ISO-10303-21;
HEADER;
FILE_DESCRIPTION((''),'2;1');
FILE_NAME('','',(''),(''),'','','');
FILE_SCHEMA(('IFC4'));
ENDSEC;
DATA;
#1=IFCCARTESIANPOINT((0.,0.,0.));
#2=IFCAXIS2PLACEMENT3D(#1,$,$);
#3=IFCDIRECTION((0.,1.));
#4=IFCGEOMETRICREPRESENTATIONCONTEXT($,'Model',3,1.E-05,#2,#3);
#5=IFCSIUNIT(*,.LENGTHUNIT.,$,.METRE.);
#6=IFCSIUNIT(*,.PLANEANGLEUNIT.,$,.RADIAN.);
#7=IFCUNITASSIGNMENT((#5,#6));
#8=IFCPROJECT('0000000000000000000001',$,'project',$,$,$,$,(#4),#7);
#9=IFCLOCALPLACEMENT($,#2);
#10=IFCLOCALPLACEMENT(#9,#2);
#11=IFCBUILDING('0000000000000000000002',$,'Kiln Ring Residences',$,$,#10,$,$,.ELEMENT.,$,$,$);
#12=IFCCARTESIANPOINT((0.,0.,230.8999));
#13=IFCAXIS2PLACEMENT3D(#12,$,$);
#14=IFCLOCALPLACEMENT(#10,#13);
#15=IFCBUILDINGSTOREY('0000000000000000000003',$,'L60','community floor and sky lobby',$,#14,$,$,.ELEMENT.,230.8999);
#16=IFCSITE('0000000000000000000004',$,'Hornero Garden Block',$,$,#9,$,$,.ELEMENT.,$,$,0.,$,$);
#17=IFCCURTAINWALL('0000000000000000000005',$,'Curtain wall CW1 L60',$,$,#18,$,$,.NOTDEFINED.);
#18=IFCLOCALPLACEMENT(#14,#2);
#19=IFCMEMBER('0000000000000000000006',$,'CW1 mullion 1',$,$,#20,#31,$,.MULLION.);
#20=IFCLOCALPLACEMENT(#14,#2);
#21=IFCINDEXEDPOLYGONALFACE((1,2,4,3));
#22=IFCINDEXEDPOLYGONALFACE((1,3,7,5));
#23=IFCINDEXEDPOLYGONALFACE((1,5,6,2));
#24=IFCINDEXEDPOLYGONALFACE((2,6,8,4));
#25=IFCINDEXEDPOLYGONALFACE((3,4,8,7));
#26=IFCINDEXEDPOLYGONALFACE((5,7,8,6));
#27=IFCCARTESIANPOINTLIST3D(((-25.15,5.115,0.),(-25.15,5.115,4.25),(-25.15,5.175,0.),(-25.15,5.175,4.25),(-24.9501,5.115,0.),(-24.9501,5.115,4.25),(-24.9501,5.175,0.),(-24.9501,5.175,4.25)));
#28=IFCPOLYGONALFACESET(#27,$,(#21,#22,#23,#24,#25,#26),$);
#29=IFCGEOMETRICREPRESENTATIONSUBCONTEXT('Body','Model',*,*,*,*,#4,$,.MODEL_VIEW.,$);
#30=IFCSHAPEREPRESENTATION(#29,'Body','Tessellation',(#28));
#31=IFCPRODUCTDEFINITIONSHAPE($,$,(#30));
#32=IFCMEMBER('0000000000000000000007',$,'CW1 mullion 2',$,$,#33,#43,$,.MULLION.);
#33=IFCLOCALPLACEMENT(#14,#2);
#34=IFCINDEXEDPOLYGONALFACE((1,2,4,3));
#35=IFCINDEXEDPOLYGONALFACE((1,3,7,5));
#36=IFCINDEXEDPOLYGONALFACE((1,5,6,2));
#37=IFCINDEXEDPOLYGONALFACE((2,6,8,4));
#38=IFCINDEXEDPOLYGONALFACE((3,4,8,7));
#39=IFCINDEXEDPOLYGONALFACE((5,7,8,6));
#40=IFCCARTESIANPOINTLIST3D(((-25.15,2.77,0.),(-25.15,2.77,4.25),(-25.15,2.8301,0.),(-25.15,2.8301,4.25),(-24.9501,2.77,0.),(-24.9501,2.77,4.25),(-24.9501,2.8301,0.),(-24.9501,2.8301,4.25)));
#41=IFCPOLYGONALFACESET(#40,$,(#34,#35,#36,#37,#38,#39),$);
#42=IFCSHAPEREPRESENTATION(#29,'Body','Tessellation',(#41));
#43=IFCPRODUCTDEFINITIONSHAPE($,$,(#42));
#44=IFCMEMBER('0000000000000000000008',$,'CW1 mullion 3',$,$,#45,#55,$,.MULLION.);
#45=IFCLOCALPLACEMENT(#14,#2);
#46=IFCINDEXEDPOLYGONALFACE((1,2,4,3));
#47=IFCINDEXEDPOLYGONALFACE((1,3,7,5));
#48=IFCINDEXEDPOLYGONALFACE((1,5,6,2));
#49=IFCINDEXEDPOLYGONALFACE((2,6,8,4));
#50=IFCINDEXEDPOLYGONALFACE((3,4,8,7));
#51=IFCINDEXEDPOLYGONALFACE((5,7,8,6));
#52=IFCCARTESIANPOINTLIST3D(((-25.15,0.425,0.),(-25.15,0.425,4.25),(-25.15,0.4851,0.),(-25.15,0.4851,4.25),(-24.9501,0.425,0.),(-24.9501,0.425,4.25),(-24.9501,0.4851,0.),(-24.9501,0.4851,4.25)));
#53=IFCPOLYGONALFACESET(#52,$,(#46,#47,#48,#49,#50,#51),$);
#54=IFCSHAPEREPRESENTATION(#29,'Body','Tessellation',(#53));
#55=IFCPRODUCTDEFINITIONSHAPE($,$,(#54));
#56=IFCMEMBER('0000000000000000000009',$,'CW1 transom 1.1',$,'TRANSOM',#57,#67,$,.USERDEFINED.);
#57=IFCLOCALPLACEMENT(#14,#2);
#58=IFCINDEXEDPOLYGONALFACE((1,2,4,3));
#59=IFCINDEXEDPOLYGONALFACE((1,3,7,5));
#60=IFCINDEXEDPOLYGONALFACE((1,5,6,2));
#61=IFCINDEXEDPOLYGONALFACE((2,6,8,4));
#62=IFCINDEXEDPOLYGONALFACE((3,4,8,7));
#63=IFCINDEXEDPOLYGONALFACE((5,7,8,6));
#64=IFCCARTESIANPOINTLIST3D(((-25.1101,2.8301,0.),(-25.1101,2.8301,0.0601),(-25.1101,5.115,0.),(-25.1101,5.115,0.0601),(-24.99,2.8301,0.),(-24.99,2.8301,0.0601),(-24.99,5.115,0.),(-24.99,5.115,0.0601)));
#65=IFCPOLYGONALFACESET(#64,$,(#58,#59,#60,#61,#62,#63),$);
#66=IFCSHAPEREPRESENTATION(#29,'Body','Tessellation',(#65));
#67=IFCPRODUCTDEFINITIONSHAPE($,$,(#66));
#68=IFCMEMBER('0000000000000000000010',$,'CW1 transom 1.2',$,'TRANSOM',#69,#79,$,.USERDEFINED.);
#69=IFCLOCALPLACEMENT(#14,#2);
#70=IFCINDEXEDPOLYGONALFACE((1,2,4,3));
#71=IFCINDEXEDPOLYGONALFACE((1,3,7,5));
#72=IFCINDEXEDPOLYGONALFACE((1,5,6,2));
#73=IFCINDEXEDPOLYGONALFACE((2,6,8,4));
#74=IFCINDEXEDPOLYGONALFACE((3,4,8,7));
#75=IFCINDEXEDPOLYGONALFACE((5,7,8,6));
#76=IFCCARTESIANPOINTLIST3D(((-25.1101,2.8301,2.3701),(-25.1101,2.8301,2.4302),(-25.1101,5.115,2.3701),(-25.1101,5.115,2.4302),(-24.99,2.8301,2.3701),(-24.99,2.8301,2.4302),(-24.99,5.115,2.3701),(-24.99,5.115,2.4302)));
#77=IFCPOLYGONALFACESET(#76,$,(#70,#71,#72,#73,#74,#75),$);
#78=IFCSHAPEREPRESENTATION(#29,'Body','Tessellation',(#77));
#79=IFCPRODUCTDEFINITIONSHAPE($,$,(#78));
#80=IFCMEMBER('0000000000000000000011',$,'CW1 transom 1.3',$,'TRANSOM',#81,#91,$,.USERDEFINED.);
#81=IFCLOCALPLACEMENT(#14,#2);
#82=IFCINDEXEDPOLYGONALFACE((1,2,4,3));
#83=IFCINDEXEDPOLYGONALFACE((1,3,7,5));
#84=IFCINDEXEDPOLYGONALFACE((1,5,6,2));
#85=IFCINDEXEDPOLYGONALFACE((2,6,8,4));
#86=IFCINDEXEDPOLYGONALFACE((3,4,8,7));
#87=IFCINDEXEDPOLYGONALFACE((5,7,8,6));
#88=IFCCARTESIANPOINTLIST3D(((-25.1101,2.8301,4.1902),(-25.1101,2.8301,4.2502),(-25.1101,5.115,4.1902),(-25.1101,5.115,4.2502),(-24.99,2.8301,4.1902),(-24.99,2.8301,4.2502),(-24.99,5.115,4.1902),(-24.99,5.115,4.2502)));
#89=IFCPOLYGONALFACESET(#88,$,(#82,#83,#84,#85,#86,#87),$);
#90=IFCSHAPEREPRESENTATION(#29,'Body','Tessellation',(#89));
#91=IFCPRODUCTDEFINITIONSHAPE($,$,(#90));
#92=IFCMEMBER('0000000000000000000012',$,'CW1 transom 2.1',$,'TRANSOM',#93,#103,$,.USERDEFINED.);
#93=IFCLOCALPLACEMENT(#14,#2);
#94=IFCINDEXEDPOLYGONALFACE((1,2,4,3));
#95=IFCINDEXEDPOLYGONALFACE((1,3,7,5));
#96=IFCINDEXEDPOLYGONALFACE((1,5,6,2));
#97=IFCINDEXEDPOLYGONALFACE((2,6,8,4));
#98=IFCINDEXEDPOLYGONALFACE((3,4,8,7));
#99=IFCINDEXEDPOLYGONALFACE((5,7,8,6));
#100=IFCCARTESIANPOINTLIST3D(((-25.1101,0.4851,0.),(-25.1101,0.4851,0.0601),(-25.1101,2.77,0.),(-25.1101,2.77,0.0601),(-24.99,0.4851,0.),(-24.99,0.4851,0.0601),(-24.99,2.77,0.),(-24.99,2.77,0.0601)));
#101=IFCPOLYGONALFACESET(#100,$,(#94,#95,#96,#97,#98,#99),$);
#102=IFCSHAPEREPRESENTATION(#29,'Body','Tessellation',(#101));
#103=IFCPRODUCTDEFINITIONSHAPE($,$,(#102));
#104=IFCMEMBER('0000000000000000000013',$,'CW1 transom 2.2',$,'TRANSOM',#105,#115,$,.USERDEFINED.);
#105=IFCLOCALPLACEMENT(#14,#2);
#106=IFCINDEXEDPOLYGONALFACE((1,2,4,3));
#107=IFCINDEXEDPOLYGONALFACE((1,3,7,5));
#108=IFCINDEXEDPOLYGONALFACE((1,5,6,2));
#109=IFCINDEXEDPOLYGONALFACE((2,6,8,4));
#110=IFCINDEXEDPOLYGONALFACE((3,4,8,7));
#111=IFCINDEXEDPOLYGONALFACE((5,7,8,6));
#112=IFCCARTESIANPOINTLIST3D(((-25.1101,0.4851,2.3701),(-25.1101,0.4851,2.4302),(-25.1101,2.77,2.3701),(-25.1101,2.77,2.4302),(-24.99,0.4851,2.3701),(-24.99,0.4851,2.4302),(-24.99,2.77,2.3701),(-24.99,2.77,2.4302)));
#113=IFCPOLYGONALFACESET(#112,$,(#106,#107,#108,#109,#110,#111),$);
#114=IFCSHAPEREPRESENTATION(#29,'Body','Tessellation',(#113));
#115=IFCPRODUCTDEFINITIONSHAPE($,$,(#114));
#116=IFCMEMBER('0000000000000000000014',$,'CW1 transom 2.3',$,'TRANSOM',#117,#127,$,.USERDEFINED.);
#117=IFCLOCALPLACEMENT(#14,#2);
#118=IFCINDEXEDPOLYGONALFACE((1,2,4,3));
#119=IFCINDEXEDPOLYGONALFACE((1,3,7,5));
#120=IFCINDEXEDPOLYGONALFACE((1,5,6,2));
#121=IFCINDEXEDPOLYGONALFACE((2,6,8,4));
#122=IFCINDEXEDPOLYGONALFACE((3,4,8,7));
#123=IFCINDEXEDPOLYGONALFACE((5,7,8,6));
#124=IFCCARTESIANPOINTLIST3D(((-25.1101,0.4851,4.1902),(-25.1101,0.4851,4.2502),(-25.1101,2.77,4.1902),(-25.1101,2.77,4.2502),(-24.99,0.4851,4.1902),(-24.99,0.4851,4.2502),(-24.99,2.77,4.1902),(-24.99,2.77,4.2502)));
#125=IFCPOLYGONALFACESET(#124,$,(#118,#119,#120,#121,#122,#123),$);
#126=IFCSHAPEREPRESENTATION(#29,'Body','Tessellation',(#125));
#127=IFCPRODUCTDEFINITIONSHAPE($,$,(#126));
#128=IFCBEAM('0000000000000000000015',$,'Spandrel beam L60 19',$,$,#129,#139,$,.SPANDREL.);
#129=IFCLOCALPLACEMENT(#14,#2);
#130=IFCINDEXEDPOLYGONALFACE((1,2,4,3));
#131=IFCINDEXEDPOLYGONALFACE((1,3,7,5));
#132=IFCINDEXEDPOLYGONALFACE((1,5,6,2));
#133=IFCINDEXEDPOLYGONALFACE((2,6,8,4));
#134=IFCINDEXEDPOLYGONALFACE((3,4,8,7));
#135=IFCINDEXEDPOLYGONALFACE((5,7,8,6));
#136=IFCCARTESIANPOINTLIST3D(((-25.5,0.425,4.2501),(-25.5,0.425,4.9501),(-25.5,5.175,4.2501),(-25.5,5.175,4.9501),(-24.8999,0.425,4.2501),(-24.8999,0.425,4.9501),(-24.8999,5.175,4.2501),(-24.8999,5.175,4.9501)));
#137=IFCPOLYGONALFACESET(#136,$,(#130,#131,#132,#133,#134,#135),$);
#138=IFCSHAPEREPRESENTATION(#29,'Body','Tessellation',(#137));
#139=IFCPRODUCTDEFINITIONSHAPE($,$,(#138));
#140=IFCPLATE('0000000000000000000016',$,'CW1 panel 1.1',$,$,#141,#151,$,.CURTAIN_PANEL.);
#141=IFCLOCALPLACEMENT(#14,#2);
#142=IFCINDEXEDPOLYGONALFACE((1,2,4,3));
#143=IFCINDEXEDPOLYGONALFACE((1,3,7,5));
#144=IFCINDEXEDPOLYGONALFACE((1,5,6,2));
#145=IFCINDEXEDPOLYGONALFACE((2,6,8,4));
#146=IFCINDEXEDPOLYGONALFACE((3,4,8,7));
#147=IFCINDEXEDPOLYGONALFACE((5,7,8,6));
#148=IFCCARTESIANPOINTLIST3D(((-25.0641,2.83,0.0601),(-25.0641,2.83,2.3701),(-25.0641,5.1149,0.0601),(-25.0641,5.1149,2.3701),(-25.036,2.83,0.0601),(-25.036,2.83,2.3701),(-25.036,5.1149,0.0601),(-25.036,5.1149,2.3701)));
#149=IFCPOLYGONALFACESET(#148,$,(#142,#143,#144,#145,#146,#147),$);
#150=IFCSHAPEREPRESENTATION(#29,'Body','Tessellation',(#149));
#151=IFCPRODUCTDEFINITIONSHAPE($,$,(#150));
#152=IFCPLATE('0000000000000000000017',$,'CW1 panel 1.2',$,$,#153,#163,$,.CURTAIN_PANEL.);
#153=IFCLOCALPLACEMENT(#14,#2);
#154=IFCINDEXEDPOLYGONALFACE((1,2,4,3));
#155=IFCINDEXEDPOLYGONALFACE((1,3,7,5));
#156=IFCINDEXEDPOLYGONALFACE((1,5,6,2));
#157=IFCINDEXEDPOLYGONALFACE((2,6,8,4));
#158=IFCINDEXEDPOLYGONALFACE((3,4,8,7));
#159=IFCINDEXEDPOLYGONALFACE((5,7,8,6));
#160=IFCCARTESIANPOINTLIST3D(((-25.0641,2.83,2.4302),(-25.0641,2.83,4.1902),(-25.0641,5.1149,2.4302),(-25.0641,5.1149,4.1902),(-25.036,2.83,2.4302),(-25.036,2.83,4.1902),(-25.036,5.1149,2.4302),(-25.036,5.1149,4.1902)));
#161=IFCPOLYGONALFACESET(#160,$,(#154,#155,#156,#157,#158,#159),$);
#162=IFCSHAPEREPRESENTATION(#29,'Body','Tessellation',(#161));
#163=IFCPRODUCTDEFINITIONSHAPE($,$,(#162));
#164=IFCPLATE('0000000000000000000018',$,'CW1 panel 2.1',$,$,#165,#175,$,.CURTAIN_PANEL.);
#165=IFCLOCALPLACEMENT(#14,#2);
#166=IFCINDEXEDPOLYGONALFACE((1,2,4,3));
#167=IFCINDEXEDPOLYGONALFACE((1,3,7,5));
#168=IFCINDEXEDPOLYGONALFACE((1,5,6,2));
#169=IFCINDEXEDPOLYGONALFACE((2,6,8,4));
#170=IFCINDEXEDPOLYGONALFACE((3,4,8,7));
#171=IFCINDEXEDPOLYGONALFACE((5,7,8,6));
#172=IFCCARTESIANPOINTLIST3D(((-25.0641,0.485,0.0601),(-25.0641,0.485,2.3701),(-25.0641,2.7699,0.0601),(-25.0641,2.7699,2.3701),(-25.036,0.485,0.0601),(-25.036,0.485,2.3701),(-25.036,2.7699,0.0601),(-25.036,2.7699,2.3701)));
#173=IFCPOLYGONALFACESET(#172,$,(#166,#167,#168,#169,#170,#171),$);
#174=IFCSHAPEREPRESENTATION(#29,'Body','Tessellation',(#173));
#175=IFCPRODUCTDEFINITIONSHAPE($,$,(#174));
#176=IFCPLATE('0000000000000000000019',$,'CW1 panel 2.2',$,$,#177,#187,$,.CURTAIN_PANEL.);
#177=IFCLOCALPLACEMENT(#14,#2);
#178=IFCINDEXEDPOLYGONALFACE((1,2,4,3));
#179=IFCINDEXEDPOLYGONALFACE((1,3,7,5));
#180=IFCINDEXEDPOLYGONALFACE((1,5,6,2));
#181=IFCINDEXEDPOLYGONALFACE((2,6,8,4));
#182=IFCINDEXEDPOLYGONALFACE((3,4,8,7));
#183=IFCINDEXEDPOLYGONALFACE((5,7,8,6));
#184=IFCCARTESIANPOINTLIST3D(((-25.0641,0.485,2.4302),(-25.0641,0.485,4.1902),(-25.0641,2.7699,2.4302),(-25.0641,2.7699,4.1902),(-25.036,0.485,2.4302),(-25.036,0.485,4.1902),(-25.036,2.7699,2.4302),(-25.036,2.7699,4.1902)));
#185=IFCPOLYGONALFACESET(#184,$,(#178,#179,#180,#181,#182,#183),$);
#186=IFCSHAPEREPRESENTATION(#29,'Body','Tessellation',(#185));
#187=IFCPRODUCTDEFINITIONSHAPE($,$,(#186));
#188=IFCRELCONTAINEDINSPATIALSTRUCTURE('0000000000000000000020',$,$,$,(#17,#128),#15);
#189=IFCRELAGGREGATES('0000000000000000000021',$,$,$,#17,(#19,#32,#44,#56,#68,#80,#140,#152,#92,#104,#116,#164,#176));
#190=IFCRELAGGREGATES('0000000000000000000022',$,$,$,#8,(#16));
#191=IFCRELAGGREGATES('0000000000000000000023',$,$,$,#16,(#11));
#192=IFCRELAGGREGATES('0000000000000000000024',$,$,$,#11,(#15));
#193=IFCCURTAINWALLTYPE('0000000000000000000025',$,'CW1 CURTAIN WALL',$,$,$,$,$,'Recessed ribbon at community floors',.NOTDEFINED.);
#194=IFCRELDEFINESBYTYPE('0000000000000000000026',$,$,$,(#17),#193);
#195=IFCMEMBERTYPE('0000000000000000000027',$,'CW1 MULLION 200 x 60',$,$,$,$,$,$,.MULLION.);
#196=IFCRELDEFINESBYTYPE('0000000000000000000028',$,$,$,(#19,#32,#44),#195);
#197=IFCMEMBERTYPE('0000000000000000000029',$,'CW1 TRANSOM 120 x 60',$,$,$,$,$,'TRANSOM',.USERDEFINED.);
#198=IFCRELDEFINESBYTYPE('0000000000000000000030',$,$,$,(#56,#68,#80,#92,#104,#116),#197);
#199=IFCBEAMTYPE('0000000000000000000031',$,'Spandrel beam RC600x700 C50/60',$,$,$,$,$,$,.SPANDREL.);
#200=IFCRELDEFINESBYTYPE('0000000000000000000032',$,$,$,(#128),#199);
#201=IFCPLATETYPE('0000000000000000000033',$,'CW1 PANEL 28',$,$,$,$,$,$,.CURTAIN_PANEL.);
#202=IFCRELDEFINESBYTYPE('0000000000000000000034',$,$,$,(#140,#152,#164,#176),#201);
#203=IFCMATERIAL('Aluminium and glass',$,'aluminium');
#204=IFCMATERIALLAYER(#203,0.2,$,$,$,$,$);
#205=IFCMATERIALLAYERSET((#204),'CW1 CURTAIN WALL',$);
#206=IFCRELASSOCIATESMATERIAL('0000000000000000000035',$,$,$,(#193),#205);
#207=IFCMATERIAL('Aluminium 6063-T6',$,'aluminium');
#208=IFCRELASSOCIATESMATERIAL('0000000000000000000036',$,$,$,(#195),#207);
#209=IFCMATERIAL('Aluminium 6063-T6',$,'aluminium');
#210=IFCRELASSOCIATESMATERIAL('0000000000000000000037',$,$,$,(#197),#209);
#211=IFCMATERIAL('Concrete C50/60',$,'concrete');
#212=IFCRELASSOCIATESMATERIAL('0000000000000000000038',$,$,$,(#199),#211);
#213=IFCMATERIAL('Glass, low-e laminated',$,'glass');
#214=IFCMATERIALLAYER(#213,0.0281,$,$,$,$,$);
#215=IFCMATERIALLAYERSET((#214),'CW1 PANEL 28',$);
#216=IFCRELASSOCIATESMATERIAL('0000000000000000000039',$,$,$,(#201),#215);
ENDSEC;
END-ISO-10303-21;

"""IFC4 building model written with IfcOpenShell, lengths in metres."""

from ifc_helpers import new_model, si_unit, direction, frame, origin, origin_2d, place, context, subcontext, project, spatial, rectangle, extrude, material, layer, layer_set, material_profile, profile_set, type_object, element, aggregate, save


model = new_model("IFC4")

# Units and contexts
model_context = context("Model", 3, precision=1e-05, world=origin(), true_north=direction((0.0, 1.0)))
body_context = subcontext(model_context, "Body", "Model", "MODEL_VIEW")
ifc_project = project(units=[si_unit("LENGTHUNIT", "METRE"), si_unit("PLANEANGLEUNIT", "RADIAN")], contexts=[model_context])

# Site, building, storey
site_placement = place(None, origin())
site = spatial("IfcSite", under=ifc_project, at=site_placement, Name="Hornero Garden Block", CompositionType="ELEMENT", RefElevation=0.0)
building_placement = place(site_placement, origin())
building = spatial("IfcBuilding", under=site, at=building_placement, Name="Kiln Ring Residences", CompositionType="ELEMENT")
storey_placement = place(building_placement, frame((0.0, 0.0, 230.8999)))
storey = spatial("IfcBuildingStorey", under=building, at=storey_placement, Name="L60", Description="community floor and sky lobby", CompositionType="ELEMENT", Elevation=230.8999)

# Curtain wall, members
ifc_material_1 = material(Name="Aluminium and glass", Category="aluminium")
ifc_layer_1 = layer(ifc_material_1, 0.2)
ifc_layer_set_1 = layer_set([ifc_layer_1], Name="CW1 CURTAIN WALL")
curtain_wall_type = type_object("IfcCurtainWallType", Name="CW1 CURTAIN WALL", ElementType="Recessed ribbon at community floors", PredefinedType="NOTDEFINED", material=ifc_layer_set_1)
placement = place(storey_placement, origin())
curtain_wall = element("IfcCurtainWall", 1, at=placement, inside=storey, type_object=curtain_wall_type, Name="Curtain wall CW1 L60", PredefinedType="NOTDEFINED")
ifc_material_2 = material(Name="Aluminium 6063-T6", Category="aluminium")
ifc_material_profile_1 = material_profile(ifc_material_2, rectangle(XDim=0.2, YDim=0.0601, at=origin_2d()), Name="AL 200x60")
ifc_profile_set_1 = profile_set([ifc_material_profile_1], Name="Aluminium 6063-T6")
member_type_1 = type_object("IfcMemberType", Name="CW1 MULLION 200 x 60", PredefinedType="MULLION", material=ifc_profile_set_1)
member_1_placement = place(storey_placement, frame((-25.05, 5.145, 0.0), z_axis=(0.0, 0.0, 1.0), x_axis=(1.0, 0.0, 0.0)))
member_1 = element("IfcMember", 2, at=member_1_placement, type_object=member_type_1, Name="CW1 mullion 1", PredefinedType="MULLION", context=body_context, shape_type="SweptSolid", body=[
    extrude(rectangle(XDim=0.2, YDim=0.0601, at=origin_2d()), origin(), (0.0, 0.0, 1.0), 4.25),
])
member_2_placement = place(storey_placement, frame((-25.05, 2.8, 0.0), z_axis=(0.0, 0.0, 1.0), x_axis=(1.0, 0.0, 0.0)))
member_2 = element("IfcMember", 3, at=member_2_placement, type_object=member_type_1, Name="CW1 mullion 2", PredefinedType="MULLION", context=body_context, shape_type="SweptSolid", body=[
    extrude(rectangle(XDim=0.2, YDim=0.0601, at=origin_2d()), origin(), (0.0, 0.0, 1.0), 4.25),
])
member_3_placement = place(storey_placement, frame((-25.05, 0.4551, 0.0), z_axis=(0.0, 0.0, 1.0), x_axis=(1.0, 0.0, 0.0)))
member_3 = element("IfcMember", 4, at=member_3_placement, type_object=member_type_1, Name="CW1 mullion 3", PredefinedType="MULLION", context=body_context, shape_type="SweptSolid", body=[
    extrude(rectangle(XDim=0.2, YDim=0.0601, at=origin_2d()), origin(), (0.0, 0.0, 1.0), 4.25),
])
ifc_material_3 = material(Name="Aluminium 6063-T6", Category="aluminium")
ifc_material_profile_2 = material_profile(ifc_material_3, rectangle(XDim=0.1201, YDim=0.0601, at=origin_2d()), Name="AL 120x60")
ifc_profile_set_2 = profile_set([ifc_material_profile_2], Name="Aluminium 6063-T6")
member_type_2 = type_object("IfcMemberType", Name="CW1 TRANSOM 120 x 60", ElementType="TRANSOM", PredefinedType="USERDEFINED", material=ifc_profile_set_2)
member_4_placement = place(storey_placement, frame((-25.05, 5.115, 0.03), z_axis=(0.0, -1.0, 0.0), x_axis=(1.0, 0.0, 0.0)))
member_4 = element("IfcMember", 5, at=member_4_placement, type_object=member_type_2, Name="CW1 transom 1.1", ObjectType="TRANSOM", PredefinedType="USERDEFINED", context=body_context, shape_type="SweptSolid", body=[
    extrude(rectangle(XDim=0.1201, YDim=0.0601, at=origin_2d()), origin(), (0.0, 0.0, 1.0), 2.2849),
])
member_5_placement = place(storey_placement, frame((-25.05, 5.115, 2.4001), z_axis=(0.0, -1.0, 0.0), x_axis=(1.0, 0.0, 0.0)))
member_5 = element("IfcMember", 6, at=member_5_placement, type_object=member_type_2, Name="CW1 transom 1.2", ObjectType="TRANSOM", PredefinedType="USERDEFINED", context=body_context, shape_type="SweptSolid", body=[
    extrude(rectangle(XDim=0.1201, YDim=0.0601, at=origin_2d()), origin(), (0.0, 0.0, 1.0), 2.2849),
])
member_6_placement = place(storey_placement, frame((-25.05, 5.115, 4.2202), z_axis=(0.0, -1.0, 0.0), x_axis=(1.0, 0.0, 0.0)))
member_6 = element("IfcMember", 7, at=member_6_placement, type_object=member_type_2, Name="CW1 transom 1.3", ObjectType="TRANSOM", PredefinedType="USERDEFINED", context=body_context, shape_type="SweptSolid", body=[
    extrude(rectangle(XDim=0.1201, YDim=0.0601, at=origin_2d()), origin(), (0.0, 0.0, 1.0), 2.2849),
])
member_7_placement = place(storey_placement, frame((-25.05, 2.77, 0.03), z_axis=(0.0, -1.0, 0.0), x_axis=(1.0, 0.0, 0.0)))
member_7 = element("IfcMember", 8, at=member_7_placement, type_object=member_type_2, Name="CW1 transom 2.1", ObjectType="TRANSOM", PredefinedType="USERDEFINED", context=body_context, shape_type="SweptSolid", body=[
    extrude(rectangle(XDim=0.1201, YDim=0.0601, at=origin_2d()), origin(), (0.0, 0.0, 1.0), 2.2849),
])
member_8_placement = place(storey_placement, frame((-25.05, 2.77, 2.4001), z_axis=(0.0, -1.0, 0.0), x_axis=(1.0, 0.0, 0.0)))
member_8 = element("IfcMember", 9, at=member_8_placement, type_object=member_type_2, Name="CW1 transom 2.2", ObjectType="TRANSOM", PredefinedType="USERDEFINED", context=body_context, shape_type="SweptSolid", body=[
    extrude(rectangle(XDim=0.1201, YDim=0.0601, at=origin_2d()), origin(), (0.0, 0.0, 1.0), 2.2849),
])
member_9_placement = place(storey_placement, frame((-25.05, 2.77, 4.2202), z_axis=(0.0, -1.0, 0.0), x_axis=(1.0, 0.0, 0.0)))
member_9 = element("IfcMember", 10, at=member_9_placement, type_object=member_type_2, Name="CW1 transom 2.3", ObjectType="TRANSOM", PredefinedType="USERDEFINED", context=body_context, shape_type="SweptSolid", body=[
    extrude(rectangle(XDim=0.1201, YDim=0.0601, at=origin_2d()), origin(), (0.0, 0.0, 1.0), 2.2849),
])

# Beam
ifc_material_4 = material(Name="Concrete C50/60", Category="concrete")
ifc_material_profile_3 = material_profile(ifc_material_4, rectangle(XDim=0.6001, YDim=0.7, at=origin_2d()), Name="RC600x700")
ifc_profile_set_3 = profile_set([ifc_material_profile_3], Name="Concrete C50/60")
beam_type = type_object("IfcBeamType", Name="Spandrel beam RC600x700 C50/60", PredefinedType="SPANDREL", material=ifc_profile_set_3)
beam_placement = place(storey_placement, frame((-25.2, 5.175, 4.6001), z_axis=(0.0, -1.0, 0.0), x_axis=(1.0, 0.0, 0.0)))
element("IfcBeam", 11, at=beam_placement, inside=storey, type_object=beam_type, Name="Spandrel beam L60 19", PredefinedType="SPANDREL", context=body_context, shape_type="SweptSolid", body=[
    extrude(rectangle(XDim=0.6001, YDim=0.7, at=origin_2d()), origin(), (0.0, 0.0, 1.0), 4.75),
])

# Plates
ifc_material_5 = material(Name="Glass, low-e laminated", Category="glass")
ifc_layer_2 = layer(ifc_material_5, 0.0281)
ifc_layer_set_2 = layer_set([ifc_layer_2], Name="CW1 PANEL 28")
plate_type = type_object("IfcPlateType", Name="CW1 PANEL 28", PredefinedType="CURTAIN_PANEL", material=ifc_layer_set_2)
plate_1_placement = place(storey_placement, frame((-25.05, 3.9724, 0.0601), z_axis=(0.0, 0.0, 1.0), x_axis=(0.0, -1.0, 0.0)))
plate_1 = element("IfcPlate", 12, at=plate_1_placement, type_object=plate_type, Name="CW1 panel 1.1", PredefinedType="CURTAIN_PANEL", context=body_context, shape_type="SweptSolid", body=[
    extrude(rectangle(XDim=2.2849, YDim=0.0281, at=origin_2d()), origin(), (0.0, 0.0, 1.0), 2.3101),
])
plate_2_placement = place(storey_placement, frame((-25.05, 3.9724, 2.4302), z_axis=(0.0, 0.0, 1.0), x_axis=(0.0, -1.0, 0.0)))
plate_2 = element("IfcPlate", 13, at=plate_2_placement, type_object=plate_type, Name="CW1 panel 1.2", PredefinedType="CURTAIN_PANEL", context=body_context, shape_type="SweptSolid", body=[
    extrude(rectangle(XDim=2.2849, YDim=0.0281, at=origin_2d()), origin(), (0.0, 0.0, 1.0), 1.76),
])
plate_3_placement = place(storey_placement, frame((-25.05, 1.6274, 0.0601), z_axis=(0.0, 0.0, 1.0), x_axis=(0.0, -1.0, 0.0)))
plate_3 = element("IfcPlate", 14, at=plate_3_placement, type_object=plate_type, Name="CW1 panel 2.1", PredefinedType="CURTAIN_PANEL", context=body_context, shape_type="SweptSolid", body=[
    extrude(rectangle(XDim=2.2849, YDim=0.0281, at=origin_2d()), origin(), (0.0, 0.0, 1.0), 2.3101),
])
plate_4_placement = place(storey_placement, frame((-25.05, 1.6274, 2.4302), z_axis=(0.0, 0.0, 1.0), x_axis=(0.0, -1.0, 0.0)))
plate_4 = element("IfcPlate", 15, at=plate_4_placement, type_object=plate_type, Name="CW1 panel 2.2", PredefinedType="CURTAIN_PANEL", context=body_context, shape_type="SweptSolid", body=[
    extrude(rectangle(XDim=2.2849, YDim=0.0281, at=origin_2d()), origin(), (0.0, 0.0, 1.0), 1.76),
])
aggregate(curtain_wall, [member_1, member_2, member_3, member_4, member_5, member_6, plate_1, plate_2, member_7, member_8, member_9, plate_3, plate_4])

save(model, "model.ifc")
